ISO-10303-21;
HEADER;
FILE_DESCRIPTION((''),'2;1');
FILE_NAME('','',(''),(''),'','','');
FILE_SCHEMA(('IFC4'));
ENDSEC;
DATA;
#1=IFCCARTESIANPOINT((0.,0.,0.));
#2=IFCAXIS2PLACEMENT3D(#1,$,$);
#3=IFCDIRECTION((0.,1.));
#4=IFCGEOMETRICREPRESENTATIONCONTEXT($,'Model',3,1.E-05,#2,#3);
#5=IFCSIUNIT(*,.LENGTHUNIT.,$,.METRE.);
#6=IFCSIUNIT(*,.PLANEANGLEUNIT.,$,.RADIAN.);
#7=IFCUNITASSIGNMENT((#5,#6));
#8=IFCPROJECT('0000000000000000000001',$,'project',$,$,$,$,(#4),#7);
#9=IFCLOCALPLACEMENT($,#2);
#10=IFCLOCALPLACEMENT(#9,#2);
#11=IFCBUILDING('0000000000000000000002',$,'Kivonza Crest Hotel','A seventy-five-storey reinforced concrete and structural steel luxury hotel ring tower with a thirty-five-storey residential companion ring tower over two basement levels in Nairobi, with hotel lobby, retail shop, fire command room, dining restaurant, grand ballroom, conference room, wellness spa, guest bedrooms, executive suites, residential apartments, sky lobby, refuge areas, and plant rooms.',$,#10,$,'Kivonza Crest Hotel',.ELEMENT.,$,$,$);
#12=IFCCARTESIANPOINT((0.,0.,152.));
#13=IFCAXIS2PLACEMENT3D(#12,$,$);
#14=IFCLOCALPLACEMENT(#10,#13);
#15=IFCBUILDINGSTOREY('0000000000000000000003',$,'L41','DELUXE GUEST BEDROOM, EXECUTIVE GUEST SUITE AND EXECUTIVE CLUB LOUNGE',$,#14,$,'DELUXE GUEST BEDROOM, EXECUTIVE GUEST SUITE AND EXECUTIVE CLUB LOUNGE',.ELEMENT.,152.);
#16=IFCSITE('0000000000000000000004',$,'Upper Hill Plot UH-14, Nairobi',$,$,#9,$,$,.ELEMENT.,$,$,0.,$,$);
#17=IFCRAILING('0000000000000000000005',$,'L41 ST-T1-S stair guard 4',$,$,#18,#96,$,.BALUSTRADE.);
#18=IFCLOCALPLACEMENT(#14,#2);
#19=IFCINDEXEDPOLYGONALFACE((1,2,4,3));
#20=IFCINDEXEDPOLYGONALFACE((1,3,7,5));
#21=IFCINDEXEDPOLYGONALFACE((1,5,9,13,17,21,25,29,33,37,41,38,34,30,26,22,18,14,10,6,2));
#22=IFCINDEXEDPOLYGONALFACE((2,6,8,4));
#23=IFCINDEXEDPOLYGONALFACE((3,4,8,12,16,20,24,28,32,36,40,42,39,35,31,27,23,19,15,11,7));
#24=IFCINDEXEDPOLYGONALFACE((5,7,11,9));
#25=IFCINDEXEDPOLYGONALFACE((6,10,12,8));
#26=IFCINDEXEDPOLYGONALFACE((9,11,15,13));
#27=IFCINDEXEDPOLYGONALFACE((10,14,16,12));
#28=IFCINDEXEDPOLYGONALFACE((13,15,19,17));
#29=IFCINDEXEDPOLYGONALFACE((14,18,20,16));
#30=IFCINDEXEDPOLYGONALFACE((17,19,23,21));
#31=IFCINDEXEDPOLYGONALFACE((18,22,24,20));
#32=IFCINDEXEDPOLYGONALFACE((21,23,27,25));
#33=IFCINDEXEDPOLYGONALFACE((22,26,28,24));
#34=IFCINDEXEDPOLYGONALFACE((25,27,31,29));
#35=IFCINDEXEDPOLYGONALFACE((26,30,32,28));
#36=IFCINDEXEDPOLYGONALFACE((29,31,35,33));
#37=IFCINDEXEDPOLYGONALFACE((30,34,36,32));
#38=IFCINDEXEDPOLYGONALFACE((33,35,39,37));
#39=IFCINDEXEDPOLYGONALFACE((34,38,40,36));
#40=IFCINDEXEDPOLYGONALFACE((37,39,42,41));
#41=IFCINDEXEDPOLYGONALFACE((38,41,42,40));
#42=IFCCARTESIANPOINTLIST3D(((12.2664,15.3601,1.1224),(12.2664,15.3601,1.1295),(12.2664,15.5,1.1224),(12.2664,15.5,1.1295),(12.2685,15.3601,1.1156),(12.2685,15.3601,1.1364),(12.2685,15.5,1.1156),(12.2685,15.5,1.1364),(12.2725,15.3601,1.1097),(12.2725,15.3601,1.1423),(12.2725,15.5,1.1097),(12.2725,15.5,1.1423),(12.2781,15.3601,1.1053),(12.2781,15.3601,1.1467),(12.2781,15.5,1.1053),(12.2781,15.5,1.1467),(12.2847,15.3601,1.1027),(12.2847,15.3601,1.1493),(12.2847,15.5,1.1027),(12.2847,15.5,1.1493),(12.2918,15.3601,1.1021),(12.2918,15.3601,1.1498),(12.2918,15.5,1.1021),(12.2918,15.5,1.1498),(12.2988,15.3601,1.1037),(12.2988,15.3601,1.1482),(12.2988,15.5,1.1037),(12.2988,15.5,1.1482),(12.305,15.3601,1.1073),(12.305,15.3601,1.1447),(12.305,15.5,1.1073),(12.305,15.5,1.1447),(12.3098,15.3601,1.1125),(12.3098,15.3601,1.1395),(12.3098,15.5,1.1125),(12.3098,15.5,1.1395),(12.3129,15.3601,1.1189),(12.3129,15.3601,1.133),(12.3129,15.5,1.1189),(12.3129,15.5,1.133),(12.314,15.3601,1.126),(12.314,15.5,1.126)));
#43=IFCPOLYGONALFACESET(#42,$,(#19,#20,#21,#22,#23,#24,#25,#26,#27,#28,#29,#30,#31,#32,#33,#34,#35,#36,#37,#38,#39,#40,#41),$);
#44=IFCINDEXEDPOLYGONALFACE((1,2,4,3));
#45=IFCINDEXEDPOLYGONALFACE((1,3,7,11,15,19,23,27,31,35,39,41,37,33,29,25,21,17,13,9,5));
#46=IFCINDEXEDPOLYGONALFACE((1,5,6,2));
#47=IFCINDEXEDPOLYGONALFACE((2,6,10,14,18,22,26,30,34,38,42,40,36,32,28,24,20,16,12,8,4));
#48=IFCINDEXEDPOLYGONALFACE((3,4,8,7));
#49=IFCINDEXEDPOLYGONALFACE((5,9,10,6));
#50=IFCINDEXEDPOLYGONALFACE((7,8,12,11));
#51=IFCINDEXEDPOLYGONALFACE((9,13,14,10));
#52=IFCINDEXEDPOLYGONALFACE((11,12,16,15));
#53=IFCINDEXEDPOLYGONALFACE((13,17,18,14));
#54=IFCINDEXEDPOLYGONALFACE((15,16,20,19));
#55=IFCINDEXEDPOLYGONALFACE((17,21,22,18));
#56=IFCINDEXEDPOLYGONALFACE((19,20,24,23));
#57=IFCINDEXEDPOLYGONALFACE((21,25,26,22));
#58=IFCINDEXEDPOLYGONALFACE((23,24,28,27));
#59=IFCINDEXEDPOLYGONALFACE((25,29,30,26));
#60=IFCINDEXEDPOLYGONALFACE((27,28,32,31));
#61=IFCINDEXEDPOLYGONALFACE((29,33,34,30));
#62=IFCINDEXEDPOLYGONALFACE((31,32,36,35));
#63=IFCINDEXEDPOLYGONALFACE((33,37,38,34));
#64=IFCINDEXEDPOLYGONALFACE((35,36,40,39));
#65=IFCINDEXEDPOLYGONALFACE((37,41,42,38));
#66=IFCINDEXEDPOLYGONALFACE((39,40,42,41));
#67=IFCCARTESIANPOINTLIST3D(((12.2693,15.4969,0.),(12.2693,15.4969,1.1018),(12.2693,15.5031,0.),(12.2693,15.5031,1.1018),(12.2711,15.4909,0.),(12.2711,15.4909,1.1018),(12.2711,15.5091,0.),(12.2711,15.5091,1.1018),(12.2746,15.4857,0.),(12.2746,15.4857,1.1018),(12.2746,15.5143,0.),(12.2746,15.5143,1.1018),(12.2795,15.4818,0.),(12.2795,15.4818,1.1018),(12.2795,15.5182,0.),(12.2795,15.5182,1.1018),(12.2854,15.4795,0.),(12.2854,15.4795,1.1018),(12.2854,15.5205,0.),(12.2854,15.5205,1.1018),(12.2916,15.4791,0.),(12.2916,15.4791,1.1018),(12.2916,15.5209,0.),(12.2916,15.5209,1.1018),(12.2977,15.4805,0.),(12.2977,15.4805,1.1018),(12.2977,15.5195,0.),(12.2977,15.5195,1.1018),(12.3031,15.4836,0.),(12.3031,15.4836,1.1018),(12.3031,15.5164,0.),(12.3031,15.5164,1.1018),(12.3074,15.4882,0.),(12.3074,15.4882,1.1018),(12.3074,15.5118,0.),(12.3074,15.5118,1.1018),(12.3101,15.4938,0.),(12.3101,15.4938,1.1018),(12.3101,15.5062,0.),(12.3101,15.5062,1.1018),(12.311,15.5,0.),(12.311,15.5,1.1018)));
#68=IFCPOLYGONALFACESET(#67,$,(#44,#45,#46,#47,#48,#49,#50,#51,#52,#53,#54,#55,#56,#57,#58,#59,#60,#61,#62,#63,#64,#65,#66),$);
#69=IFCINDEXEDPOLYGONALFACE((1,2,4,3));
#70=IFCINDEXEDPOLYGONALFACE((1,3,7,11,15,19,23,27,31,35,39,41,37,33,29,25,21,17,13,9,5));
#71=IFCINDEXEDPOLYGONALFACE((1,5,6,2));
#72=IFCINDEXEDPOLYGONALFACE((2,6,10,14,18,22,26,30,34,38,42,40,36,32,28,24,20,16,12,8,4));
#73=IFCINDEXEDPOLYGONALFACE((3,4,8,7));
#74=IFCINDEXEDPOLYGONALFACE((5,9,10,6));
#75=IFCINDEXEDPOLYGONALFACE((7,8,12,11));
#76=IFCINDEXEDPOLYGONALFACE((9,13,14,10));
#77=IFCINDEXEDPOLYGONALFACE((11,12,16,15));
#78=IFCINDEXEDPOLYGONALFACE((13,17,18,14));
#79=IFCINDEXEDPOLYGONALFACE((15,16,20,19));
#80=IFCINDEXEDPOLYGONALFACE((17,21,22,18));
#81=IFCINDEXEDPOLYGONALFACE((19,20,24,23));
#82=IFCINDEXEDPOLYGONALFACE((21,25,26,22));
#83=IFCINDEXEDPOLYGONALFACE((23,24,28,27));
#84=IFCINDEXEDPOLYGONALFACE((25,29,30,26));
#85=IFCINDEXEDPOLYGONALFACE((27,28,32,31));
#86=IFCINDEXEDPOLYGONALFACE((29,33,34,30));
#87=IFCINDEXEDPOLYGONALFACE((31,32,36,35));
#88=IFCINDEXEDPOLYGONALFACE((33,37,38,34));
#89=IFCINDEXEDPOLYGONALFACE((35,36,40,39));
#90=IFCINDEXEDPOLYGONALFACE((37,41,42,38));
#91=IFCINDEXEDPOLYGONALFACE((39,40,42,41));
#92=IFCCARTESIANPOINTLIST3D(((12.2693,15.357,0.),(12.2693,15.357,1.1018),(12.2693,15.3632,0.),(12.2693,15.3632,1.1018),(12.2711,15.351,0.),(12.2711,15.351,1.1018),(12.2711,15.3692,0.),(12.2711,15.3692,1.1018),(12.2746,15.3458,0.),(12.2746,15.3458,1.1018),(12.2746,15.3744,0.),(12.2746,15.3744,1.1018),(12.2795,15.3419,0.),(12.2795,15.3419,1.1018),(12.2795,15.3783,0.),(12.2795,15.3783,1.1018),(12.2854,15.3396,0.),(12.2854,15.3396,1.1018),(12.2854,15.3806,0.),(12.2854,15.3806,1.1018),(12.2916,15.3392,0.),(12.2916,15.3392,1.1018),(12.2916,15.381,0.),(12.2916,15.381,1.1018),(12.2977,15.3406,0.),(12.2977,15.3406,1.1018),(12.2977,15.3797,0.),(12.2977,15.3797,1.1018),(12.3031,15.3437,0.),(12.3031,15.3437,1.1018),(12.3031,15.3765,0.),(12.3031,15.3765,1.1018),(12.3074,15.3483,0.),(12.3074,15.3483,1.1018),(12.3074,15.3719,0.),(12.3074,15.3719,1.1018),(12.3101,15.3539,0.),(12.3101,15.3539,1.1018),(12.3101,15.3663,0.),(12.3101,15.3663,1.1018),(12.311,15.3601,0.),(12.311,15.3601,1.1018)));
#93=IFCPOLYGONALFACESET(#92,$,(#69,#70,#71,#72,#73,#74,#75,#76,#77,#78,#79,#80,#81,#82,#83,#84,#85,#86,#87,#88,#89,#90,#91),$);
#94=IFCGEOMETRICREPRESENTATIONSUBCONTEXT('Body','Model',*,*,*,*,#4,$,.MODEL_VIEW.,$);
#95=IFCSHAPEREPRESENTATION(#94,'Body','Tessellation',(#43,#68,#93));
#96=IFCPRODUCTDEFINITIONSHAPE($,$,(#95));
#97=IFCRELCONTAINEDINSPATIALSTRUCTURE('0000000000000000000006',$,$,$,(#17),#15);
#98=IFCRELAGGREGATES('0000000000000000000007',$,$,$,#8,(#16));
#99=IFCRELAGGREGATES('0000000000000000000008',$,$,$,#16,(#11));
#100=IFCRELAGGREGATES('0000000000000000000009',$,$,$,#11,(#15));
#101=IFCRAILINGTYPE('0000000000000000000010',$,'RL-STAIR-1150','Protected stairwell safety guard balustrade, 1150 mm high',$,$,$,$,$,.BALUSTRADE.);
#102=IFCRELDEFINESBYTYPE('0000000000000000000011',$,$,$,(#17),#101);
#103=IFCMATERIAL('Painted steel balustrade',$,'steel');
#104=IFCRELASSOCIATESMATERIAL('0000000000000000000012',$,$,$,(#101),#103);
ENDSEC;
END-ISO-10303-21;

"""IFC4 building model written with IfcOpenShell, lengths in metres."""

from ifc_helpers import new_model, si_unit, direction, frame, origin, origin_2d, place, context, subcontext, project, spatial, circle, extrude, material, type_object, element, save


model = new_model("IFC4")

# Units and contexts
model_context = context("Model", 3, precision=1e-05, world=origin(), true_north=direction((0.0, 1.0)))
body_context = subcontext(model_context, "Body", "Model", "MODEL_VIEW")
ifc_project = project(units=[si_unit("LENGTHUNIT", "METRE"), si_unit("PLANEANGLEUNIT", "RADIAN")], contexts=[model_context])

# Site, building, storey
site_placement = place(None, origin())
site = spatial("IfcSite", under=ifc_project, at=site_placement, Name="Upper Hill Plot UH-14, Nairobi", CompositionType="ELEMENT", RefElevation=0.0)
building_placement = place(site_placement, origin())
building = spatial("IfcBuilding", under=site, at=building_placement, Name="Kivonza Crest Hotel", Description="A seventy-five-storey reinforced concrete and structural steel luxury hotel ring tower with a thirty-five-storey residential companion ring tower over two basement levels in Nairobi, with hotel lobby, retail shop, fire command room, dining restaurant, grand ballroom, conference room, wellness spa, guest bedrooms, executive suites, residential apartments, sky lobby, refuge areas, and plant rooms.", LongName="Kivonza Crest Hotel", CompositionType="ELEMENT")
storey_placement = place(building_placement, frame((0.0, 0.0, 152.0)))
storey = spatial("IfcBuildingStorey", under=building, at=storey_placement, Name="L41", Description="DELUXE GUEST BEDROOM, EXECUTIVE GUEST SUITE AND EXECUTIVE CLUB LOUNGE", LongName="DELUXE GUEST BEDROOM, EXECUTIVE GUEST SUITE AND EXECUTIVE CLUB LOUNGE", CompositionType="ELEMENT", Elevation=152.0)

# Railing
ifc_material_1 = material(Name="Painted steel balustrade", Category="steel")
railing_type_1 = type_object("IfcRailingType", Name="RL-STAIR-1150", Description="Protected stairwell safety guard balustrade, 1150 mm high", PredefinedType="BALUSTRADE", material=ifc_material_1)
railing_1_placement = place(storey_placement, frame((12.29, 15.5, 0.0)))
element("IfcRailing", 1, at=railing_1_placement, inside=storey, type_object=railing_type_1, Name="L41 ST-T1-S stair guard 4", PredefinedType="BALUSTRADE", context=body_context, shape_type="SweptSolid", body=[
    extrude(circle(Radius=0.0239, at=origin_2d()), frame((0.0, 0.0, 1.126), z_axis=(0.0, -1.0, 0.0), x_axis=(1.0, 0.0, 0.0)), (0.0, 0.0, 1.0), 0.1399),
    extrude(circle(Radius=0.021, at=origin_2d()), origin(), (0.0, 0.0, 1.0), 1.1018),
    extrude(circle(Radius=0.021, at=origin_2d()), frame((0.0, -0.1399, 0.0)), (0.0, 0.0, 1.0), 1.1018),
])

save(model, "model.ifc")
